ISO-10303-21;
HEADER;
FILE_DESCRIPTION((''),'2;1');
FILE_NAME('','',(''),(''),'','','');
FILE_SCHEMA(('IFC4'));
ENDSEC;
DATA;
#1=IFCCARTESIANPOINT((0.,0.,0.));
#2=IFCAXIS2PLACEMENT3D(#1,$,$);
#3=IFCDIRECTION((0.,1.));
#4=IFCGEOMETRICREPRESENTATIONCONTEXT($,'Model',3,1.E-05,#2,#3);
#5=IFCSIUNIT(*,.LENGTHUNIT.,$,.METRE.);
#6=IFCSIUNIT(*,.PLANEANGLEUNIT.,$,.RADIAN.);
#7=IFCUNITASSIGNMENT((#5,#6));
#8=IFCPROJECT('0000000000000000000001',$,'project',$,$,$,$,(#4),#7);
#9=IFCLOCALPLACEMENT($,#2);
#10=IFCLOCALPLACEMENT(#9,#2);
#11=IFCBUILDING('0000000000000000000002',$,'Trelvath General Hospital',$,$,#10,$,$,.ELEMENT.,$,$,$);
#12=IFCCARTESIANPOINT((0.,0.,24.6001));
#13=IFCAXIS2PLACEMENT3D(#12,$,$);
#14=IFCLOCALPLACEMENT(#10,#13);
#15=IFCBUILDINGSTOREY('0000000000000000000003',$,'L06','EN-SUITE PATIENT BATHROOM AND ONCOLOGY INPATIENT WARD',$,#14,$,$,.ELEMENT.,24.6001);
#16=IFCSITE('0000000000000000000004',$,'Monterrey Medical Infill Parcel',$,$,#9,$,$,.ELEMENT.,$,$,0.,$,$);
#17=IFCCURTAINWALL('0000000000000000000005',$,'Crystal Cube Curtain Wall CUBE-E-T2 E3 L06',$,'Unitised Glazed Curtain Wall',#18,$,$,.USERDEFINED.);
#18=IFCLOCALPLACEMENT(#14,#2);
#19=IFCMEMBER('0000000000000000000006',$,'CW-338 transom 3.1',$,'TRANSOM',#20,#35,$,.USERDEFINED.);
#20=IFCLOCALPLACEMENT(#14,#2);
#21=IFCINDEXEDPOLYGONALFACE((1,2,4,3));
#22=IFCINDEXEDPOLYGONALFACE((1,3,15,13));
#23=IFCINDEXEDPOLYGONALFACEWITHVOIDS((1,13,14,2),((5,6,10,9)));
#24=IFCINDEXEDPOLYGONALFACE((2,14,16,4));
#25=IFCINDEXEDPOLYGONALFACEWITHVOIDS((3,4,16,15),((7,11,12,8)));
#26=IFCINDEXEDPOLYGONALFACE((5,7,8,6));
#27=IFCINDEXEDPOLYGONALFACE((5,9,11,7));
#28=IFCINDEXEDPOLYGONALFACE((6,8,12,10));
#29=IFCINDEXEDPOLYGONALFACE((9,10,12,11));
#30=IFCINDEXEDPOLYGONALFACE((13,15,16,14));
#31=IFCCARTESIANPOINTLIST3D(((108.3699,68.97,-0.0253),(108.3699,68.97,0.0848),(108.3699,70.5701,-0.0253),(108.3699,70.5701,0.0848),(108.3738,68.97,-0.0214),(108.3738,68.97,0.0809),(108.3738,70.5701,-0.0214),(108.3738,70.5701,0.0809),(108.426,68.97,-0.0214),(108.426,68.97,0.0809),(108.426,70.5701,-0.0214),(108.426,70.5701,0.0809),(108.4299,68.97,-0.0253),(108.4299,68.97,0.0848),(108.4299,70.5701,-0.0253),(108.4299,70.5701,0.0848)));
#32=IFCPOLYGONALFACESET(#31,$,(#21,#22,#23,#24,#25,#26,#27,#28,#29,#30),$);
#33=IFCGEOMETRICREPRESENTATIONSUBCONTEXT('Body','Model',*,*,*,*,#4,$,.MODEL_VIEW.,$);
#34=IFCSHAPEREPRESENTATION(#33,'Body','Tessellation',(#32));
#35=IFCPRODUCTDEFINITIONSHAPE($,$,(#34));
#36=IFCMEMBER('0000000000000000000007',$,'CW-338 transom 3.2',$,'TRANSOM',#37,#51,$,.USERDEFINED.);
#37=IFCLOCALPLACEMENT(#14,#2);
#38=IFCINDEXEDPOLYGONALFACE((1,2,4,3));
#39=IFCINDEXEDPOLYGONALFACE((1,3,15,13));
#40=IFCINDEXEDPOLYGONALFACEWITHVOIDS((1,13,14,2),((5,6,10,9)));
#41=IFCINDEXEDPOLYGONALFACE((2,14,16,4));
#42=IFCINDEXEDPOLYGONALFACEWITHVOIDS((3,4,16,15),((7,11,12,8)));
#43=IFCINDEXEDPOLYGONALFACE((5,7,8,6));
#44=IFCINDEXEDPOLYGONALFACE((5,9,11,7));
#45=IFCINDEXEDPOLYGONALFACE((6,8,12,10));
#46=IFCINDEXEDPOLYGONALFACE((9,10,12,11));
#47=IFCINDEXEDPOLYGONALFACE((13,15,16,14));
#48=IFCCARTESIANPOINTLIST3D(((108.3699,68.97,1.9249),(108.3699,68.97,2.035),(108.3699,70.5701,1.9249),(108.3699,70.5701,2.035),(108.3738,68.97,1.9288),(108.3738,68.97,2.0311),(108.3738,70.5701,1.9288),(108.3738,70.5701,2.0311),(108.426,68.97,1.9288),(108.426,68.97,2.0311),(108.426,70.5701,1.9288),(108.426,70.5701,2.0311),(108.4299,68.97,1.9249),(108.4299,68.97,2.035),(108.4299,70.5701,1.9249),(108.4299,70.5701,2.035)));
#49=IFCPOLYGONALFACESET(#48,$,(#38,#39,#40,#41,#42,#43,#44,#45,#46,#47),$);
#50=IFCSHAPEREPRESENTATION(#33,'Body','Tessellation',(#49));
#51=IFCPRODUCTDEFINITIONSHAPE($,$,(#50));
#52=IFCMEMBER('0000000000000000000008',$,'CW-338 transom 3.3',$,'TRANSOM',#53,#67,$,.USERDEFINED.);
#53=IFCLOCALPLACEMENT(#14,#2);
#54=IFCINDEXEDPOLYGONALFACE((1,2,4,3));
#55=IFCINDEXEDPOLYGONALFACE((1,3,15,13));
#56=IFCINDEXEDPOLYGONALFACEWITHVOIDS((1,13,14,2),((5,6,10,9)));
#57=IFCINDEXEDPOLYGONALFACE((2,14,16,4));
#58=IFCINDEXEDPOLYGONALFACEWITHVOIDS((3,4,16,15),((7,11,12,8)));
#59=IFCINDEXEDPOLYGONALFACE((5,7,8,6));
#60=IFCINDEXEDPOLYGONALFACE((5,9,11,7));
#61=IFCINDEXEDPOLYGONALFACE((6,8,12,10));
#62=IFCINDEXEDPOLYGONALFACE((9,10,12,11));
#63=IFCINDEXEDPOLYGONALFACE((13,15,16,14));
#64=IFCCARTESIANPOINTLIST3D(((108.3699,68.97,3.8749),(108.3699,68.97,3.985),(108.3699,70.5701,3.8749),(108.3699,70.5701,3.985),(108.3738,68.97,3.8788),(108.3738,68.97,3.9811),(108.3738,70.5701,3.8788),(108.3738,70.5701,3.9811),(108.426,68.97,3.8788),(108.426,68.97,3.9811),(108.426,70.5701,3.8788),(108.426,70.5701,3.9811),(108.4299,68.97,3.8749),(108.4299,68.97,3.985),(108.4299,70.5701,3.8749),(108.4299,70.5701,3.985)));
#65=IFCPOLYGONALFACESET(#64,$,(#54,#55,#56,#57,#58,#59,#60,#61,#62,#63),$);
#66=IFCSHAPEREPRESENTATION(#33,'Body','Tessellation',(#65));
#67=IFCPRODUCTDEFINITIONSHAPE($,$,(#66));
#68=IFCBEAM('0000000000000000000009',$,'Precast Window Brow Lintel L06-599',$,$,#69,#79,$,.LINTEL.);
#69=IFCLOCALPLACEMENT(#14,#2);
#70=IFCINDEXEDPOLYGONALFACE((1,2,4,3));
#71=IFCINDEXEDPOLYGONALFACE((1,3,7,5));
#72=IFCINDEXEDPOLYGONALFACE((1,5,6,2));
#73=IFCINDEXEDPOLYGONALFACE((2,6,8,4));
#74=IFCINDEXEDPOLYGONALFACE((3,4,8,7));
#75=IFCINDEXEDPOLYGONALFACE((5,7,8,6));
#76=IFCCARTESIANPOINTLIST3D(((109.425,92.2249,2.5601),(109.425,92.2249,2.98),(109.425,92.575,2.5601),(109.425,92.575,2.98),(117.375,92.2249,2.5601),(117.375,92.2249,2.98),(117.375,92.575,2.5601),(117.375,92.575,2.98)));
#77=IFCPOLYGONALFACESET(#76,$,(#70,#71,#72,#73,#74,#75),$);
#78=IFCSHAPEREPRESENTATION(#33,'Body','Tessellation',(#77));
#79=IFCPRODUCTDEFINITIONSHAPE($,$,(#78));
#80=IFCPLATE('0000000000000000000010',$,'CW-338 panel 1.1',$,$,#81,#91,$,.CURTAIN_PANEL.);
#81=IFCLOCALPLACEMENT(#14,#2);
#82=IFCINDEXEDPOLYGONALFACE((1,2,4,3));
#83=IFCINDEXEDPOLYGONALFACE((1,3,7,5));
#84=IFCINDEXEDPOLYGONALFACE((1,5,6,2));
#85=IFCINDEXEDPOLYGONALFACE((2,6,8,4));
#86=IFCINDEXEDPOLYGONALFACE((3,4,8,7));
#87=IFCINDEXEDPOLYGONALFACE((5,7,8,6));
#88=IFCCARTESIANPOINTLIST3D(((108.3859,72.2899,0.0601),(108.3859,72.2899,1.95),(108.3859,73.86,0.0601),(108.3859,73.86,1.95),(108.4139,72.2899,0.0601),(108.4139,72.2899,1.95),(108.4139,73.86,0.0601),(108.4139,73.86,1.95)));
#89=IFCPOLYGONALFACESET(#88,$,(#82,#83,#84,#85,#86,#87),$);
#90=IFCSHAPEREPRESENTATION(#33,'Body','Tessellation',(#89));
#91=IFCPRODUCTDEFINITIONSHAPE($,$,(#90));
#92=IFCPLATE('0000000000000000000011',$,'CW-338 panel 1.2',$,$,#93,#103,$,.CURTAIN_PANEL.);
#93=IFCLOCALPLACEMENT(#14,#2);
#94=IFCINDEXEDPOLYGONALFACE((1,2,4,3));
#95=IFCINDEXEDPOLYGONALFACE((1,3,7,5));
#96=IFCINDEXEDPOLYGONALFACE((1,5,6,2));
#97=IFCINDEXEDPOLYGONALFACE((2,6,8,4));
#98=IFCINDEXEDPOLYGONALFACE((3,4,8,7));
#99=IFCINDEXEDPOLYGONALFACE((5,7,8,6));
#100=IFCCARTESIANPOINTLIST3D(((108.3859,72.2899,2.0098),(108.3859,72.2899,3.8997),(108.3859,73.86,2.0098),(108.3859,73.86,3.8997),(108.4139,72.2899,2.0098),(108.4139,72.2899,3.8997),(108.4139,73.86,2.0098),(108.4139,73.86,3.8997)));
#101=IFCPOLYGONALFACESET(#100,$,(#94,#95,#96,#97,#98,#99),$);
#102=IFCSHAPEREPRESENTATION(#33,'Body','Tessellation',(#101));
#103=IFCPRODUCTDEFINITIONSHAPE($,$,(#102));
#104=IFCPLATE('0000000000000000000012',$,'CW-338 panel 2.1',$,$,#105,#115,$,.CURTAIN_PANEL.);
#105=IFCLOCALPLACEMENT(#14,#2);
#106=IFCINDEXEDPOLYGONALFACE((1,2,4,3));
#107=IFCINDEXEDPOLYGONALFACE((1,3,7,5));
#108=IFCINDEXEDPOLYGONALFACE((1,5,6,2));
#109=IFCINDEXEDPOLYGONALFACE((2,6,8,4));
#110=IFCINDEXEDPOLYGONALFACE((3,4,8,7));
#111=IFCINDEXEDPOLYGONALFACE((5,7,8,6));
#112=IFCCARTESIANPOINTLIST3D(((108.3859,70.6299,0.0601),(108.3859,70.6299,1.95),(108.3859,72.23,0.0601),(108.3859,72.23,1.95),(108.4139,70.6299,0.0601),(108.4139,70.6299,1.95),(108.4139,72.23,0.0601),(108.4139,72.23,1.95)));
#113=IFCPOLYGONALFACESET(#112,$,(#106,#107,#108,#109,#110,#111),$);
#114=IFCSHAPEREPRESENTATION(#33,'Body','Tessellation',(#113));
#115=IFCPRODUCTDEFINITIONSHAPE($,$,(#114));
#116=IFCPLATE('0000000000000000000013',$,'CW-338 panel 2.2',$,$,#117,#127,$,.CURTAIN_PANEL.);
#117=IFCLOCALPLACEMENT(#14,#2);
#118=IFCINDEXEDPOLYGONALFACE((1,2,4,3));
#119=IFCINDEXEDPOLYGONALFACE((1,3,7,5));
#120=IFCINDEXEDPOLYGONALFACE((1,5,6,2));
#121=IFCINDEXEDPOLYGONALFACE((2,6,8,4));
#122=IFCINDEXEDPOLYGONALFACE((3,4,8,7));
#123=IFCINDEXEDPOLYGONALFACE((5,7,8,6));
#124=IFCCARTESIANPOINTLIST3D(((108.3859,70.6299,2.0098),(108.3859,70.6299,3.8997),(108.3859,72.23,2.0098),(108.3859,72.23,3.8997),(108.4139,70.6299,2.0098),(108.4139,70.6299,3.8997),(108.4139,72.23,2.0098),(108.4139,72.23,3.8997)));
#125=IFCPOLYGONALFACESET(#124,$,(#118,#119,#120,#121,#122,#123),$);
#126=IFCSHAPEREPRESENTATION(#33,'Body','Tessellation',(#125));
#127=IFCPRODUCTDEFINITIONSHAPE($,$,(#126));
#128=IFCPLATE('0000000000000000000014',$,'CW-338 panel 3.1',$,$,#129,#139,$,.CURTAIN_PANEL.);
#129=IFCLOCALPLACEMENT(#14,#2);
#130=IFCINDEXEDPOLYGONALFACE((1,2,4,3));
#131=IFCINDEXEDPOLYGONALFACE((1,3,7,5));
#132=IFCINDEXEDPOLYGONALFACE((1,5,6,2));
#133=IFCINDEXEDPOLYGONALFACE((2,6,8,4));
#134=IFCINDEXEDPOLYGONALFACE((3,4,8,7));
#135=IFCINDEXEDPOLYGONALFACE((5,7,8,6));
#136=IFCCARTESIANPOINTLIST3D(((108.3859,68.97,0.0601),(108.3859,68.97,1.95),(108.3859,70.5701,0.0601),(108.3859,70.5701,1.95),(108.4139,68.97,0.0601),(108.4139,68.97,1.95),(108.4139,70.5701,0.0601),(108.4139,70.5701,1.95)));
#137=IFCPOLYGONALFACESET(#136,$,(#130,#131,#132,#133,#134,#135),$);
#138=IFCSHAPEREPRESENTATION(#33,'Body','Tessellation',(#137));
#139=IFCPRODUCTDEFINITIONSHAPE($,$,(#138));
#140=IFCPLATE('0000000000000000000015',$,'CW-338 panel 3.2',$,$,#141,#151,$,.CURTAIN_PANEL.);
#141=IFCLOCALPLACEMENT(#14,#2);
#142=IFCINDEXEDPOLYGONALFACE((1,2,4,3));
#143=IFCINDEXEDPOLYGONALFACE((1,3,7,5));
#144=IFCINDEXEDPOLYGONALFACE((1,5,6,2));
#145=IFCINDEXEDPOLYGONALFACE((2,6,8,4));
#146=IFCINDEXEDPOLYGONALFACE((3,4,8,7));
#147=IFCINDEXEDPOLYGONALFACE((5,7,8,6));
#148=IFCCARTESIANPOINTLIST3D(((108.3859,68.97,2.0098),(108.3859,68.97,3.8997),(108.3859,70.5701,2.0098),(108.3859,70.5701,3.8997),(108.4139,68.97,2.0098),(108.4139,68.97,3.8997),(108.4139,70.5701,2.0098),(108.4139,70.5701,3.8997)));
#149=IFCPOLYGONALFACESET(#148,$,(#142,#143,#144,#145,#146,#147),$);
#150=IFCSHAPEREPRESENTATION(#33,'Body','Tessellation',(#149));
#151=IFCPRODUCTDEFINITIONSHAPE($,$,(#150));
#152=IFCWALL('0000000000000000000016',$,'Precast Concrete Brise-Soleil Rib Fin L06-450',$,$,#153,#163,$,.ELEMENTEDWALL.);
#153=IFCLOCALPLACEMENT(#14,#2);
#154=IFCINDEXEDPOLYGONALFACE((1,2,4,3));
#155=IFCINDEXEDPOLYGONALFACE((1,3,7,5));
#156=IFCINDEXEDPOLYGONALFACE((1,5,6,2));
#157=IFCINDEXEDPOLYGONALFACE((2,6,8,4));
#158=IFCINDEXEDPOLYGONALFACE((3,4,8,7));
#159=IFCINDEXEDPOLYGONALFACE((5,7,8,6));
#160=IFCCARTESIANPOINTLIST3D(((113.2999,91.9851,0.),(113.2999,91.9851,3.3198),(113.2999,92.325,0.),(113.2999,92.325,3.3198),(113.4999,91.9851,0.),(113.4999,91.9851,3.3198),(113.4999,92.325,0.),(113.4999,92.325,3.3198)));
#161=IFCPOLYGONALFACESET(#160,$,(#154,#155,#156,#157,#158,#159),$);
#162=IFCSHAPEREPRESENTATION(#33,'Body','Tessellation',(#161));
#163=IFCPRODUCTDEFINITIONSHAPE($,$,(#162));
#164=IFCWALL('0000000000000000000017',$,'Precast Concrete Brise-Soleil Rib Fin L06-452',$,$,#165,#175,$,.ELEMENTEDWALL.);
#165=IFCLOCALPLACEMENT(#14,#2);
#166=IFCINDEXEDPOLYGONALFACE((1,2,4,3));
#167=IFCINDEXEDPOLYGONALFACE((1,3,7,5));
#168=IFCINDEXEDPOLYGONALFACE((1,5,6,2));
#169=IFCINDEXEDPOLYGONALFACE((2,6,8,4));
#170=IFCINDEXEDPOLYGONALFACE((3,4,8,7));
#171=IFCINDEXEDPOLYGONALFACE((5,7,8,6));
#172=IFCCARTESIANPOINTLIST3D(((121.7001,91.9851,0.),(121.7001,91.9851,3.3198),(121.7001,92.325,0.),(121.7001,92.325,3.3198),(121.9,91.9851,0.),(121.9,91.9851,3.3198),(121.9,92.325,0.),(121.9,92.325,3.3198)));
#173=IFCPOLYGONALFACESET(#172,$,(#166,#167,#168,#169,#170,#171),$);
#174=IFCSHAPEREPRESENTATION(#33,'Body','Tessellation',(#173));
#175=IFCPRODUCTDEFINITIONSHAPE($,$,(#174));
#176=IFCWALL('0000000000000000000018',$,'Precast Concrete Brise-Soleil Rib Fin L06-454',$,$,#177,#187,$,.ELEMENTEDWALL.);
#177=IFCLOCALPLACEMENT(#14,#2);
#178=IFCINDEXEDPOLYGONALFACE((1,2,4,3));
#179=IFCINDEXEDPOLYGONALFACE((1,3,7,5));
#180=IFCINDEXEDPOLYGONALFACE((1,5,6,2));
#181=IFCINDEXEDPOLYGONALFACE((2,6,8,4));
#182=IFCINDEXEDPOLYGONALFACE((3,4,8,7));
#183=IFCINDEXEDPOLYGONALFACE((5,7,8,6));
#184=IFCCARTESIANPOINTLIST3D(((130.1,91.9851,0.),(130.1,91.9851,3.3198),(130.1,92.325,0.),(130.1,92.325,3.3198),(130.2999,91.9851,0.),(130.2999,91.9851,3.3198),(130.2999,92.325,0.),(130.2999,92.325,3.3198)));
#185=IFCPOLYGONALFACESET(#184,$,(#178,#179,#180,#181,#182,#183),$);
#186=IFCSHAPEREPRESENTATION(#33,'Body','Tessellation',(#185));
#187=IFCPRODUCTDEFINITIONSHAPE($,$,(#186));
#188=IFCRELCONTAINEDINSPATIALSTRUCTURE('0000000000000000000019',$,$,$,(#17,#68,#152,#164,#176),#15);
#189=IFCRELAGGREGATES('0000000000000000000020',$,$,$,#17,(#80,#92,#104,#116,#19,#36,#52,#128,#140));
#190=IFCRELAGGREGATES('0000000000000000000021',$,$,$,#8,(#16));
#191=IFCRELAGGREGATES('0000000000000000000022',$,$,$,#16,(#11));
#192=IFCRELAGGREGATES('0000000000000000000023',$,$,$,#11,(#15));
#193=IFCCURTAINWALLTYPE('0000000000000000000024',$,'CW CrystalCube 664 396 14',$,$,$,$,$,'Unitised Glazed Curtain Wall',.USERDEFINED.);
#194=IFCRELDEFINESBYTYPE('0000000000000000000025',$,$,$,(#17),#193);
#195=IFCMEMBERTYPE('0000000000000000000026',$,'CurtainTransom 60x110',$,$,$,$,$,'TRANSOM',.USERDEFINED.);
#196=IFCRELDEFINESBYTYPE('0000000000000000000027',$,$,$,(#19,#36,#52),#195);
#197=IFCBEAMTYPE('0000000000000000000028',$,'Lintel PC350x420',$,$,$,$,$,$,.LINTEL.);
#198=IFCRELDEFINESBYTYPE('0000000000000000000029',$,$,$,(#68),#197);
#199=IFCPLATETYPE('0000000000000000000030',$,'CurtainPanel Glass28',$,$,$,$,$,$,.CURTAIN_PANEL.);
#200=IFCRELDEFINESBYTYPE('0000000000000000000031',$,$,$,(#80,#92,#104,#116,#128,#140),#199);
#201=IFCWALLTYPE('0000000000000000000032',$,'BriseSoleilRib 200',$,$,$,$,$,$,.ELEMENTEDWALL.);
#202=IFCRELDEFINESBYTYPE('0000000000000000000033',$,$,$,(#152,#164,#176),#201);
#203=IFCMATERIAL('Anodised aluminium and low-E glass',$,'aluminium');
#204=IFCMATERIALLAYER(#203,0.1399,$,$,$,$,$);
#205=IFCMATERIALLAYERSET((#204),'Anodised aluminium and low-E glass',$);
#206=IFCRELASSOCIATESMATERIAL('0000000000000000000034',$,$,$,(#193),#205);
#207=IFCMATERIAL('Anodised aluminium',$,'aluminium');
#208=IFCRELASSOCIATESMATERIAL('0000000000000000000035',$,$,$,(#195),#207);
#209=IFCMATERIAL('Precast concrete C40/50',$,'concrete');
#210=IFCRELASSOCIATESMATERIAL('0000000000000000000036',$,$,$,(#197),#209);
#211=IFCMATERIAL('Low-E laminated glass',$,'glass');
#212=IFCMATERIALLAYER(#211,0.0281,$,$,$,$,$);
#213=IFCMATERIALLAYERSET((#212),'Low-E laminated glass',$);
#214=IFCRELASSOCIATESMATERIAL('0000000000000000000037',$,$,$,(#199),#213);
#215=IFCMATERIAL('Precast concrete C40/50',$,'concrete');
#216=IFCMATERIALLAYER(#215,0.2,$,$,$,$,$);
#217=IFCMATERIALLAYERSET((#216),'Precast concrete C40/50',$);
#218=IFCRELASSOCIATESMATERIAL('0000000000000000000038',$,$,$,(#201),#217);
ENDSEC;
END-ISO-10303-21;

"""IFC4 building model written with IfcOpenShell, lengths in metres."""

from ifc_helpers import new_model, si_unit, direction, frame, frame_2d, origin, origin_2d, place, context, subcontext, project, spatial, rectangle, hollow_rectangle, extrude, material, layer, layer_set, material_profile, profile_set, type_object, element, aggregate, save


model = new_model("IFC4")

# Units and contexts
model_context = context("Model", 3, precision=1e-05, world=origin(), true_north=direction((0.0, 1.0)))
body_context = subcontext(model_context, "Body", "Model", "MODEL_VIEW")
ifc_project = project(units=[si_unit("LENGTHUNIT", "METRE"), si_unit("PLANEANGLEUNIT", "RADIAN")], contexts=[model_context])

# Site, building, storey
site_placement = place(None, origin())
site = spatial("IfcSite", under=ifc_project, at=site_placement, Name="Monterrey Medical Infill Parcel", CompositionType="ELEMENT", RefElevation=0.0)
building_placement = place(site_placement, origin())
building = spatial("IfcBuilding", under=site, at=building_placement, Name="Trelvath General Hospital", CompositionType="ELEMENT")
storey_placement = place(building_placement, frame((0.0, 0.0, 24.6001)))
storey = spatial("IfcBuildingStorey", under=building, at=storey_placement, Name="L06", Description="EN-SUITE PATIENT BATHROOM AND ONCOLOGY INPATIENT WARD", CompositionType="ELEMENT", Elevation=24.6001)

# Curtain wall, members
ifc_material_1 = material(Name="Anodised aluminium and low-E glass", Category="aluminium")
ifc_layer_1 = layer(ifc_material_1, 0.1399)
ifc_layer_set_1 = layer_set([ifc_layer_1], Name="Anodised aluminium and low-E glass")
curtain_wall_type = type_object("IfcCurtainWallType", Name="CW CrystalCube 664 396 14", ElementType="Unitised Glazed Curtain Wall", PredefinedType="USERDEFINED", material=ifc_layer_set_1)
curtain_wall_placement = place(storey_placement, origin())
curtain_wall = element("IfcCurtainWall", 1, at=curtain_wall_placement, inside=storey, type_object=curtain_wall_type, Name="Crystal Cube Curtain Wall CUBE-E-T2 E3 L06", ObjectType="Unitised Glazed Curtain Wall", PredefinedType="USERDEFINED")
ifc_material_2 = material(Name="Anodised aluminium", Category="aluminium")
ifc_material_profile_1 = material_profile(ifc_material_2, hollow_rectangle(XDim=0.0601, YDim=0.1101, WallThickness=0.0039, at=origin_2d()), Name="RHS60x110x4")
ifc_profile_set_1 = profile_set([ifc_material_profile_1], Name="Anodised aluminium")
member_type_1 = type_object("IfcMemberType", Name="CurtainTransom 60x110", ElementType="TRANSOM", PredefinedType="USERDEFINED", material=ifc_profile_set_1)
member_1_placement = place(storey_placement, frame((108.3999, 70.5701, 0.0298), z_axis=(0.0, -1.0, 0.0), x_axis=(1.0, 0.0, 0.0)))
member_1 = element("IfcMember", 2, at=member_1_placement, type_object=member_type_1, Name="CW-338 transom 3.1", ObjectType="TRANSOM", PredefinedType="USERDEFINED", context=body_context, shape_type="SweptSolid", body=[
    extrude(hollow_rectangle(XDim=0.0601, YDim=0.1101, WallThickness=0.0039, at=origin_2d()), origin(), (0.0, 0.0, 1.0), 1.6001),
])
member_2_placement = place(storey_placement, frame((108.3999, 70.5701, 1.98), z_axis=(0.0, -1.0, 0.0), x_axis=(1.0, 0.0, 0.0)))
member_2 = element("IfcMember", 3, at=member_2_placement, type_object=member_type_1, Name="CW-338 transom 3.2", ObjectType="TRANSOM", PredefinedType="USERDEFINED", context=body_context, shape_type="SweptSolid", body=[
    extrude(hollow_rectangle(XDim=0.0601, YDim=0.1101, WallThickness=0.0039, at=origin_2d()), origin(), (0.0, 0.0, 1.0), 1.6001),
])
member_3_placement = place(storey_placement, frame((108.3999, 70.5701, 3.9299), z_axis=(0.0, -1.0, 0.0), x_axis=(1.0, 0.0, 0.0)))
member_3 = element("IfcMember", 4, at=member_3_placement, type_object=member_type_1, Name="CW-338 transom 3.3", ObjectType="TRANSOM", PredefinedType="USERDEFINED", context=body_context, shape_type="SweptSolid", body=[
    extrude(hollow_rectangle(XDim=0.0601, YDim=0.1101, WallThickness=0.0039, at=origin_2d()), origin(), (0.0, 0.0, 1.0), 1.6001),
])

# Beam
ifc_material_3 = material(Name="Precast concrete C40/50", Category="concrete")
ifc_material_profile_2 = material_profile(ifc_material_3, rectangle(XDim=0.3501, YDim=0.4199, at=origin_2d()), Name="PCL350x420")
ifc_profile_set_2 = profile_set([ifc_material_profile_2], Name="Precast concrete C40/50")
beam_type_1 = type_object("IfcBeamType", Name="Lintel PC350x420", PredefinedType="LINTEL", material=ifc_profile_set_2)
beam_1_placement = place(storey_placement, frame((117.375, 92.3999, 2.77), z_axis=(-1.0, 0.0, 0.0), x_axis=(0.0, -1.0, 0.0)))
element("IfcBeam", 5, at=beam_1_placement, inside=storey, type_object=beam_type_1, Name="Precast Window Brow Lintel L06-599", PredefinedType="LINTEL", context=body_context, shape_type="SweptSolid", body=[
    extrude(rectangle(XDim=0.3501, YDim=0.4199, at=origin_2d()), origin(), (0.0, 0.0, 1.0), 7.95),
])

# Plates
ifc_material_4 = material(Name="Low-E laminated glass", Category="glass")
ifc_layer_2 = layer(ifc_material_4, 0.0281)
ifc_layer_set_2 = layer_set([ifc_layer_2], Name="Low-E laminated glass")
plate_type = type_object("IfcPlateType", Name="CurtainPanel Glass28", PredefinedType="CURTAIN_PANEL", material=ifc_layer_set_2)
plate_1_placement = place(storey_placement, frame((108.3999, 73.075, 0.0601), z_axis=(0.0, 0.0, 1.0), x_axis=(0.0, -1.0, 0.0)))
plate_1 = element("IfcPlate", 6, at=plate_1_placement, type_object=plate_type, Name="CW-338 panel 1.1", PredefinedType="CURTAIN_PANEL", context=body_context, shape_type="SweptSolid", body=[
    extrude(rectangle(XDim=1.5701, YDim=0.0281, at=origin_2d()), origin(), (0.0, 0.0, 1.0), 1.8899),
])
plate_2_placement = place(storey_placement, frame((108.3999, 73.075, 2.0098), z_axis=(0.0, 0.0, 1.0), x_axis=(0.0, -1.0, 0.0)))
plate_2 = element("IfcPlate", 7, at=plate_2_placement, type_object=plate_type, Name="CW-338 panel 1.2", PredefinedType="CURTAIN_PANEL", context=body_context, shape_type="SweptSolid", body=[
    extrude(rectangle(XDim=1.5701, YDim=0.0281, at=origin_2d()), origin(), (0.0, 0.0, 1.0), 1.8899),
])
plate_3_placement = place(storey_placement, frame((108.3999, 71.4299, 0.0601), z_axis=(0.0, 0.0, 1.0), x_axis=(0.0, -1.0, 0.0)))
plate_3 = element("IfcPlate", 8, at=plate_3_placement, type_object=plate_type, Name="CW-338 panel 2.1", PredefinedType="CURTAIN_PANEL", context=body_context, shape_type="SweptSolid", body=[
    extrude(rectangle(XDim=1.6001, YDim=0.0281, at=origin_2d()), origin(), (0.0, 0.0, 1.0), 1.8899),
])
plate_4_placement = place(storey_placement, frame((108.3999, 71.4299, 2.0098), z_axis=(0.0, 0.0, 1.0), x_axis=(0.0, -1.0, 0.0)))
plate_4 = element("IfcPlate", 9, at=plate_4_placement, type_object=plate_type, Name="CW-338 panel 2.2", PredefinedType="CURTAIN_PANEL", context=body_context, shape_type="SweptSolid", body=[
    extrude(rectangle(XDim=1.6001, YDim=0.0281, at=origin_2d()), origin(), (0.0, 0.0, 1.0), 1.8899),
])
plate_5_placement = place(storey_placement, frame((108.3999, 69.77, 0.0601), z_axis=(0.0, 0.0, 1.0), x_axis=(0.0, -1.0, 0.0)))
plate_5 = element("IfcPlate", 10, at=plate_5_placement, type_object=plate_type, Name="CW-338 panel 3.1", PredefinedType="CURTAIN_PANEL", context=body_context, shape_type="SweptSolid", body=[
    extrude(rectangle(XDim=1.6001, YDim=0.0281, at=origin_2d()), origin(), (0.0, 0.0, 1.0), 1.8899),
])
plate_6_placement = place(storey_placement, frame((108.3999, 69.77, 2.0098), z_axis=(0.0, 0.0, 1.0), x_axis=(0.0, -1.0, 0.0)))
plate_6 = element("IfcPlate", 11, at=plate_6_placement, type_object=plate_type, Name="CW-338 panel 3.2", PredefinedType="CURTAIN_PANEL", context=body_context, shape_type="SweptSolid", body=[
    extrude(rectangle(XDim=1.6001, YDim=0.0281, at=origin_2d()), origin(), (0.0, 0.0, 1.0), 1.8899),
])
aggregate(curtain_wall, [plate_1, plate_2, plate_3, plate_4, member_1, member_2, member_3, plate_5, plate_6])

# Walls
ifc_material_5 = material(Name="Precast concrete C40/50", Category="concrete")
ifc_layer_3 = layer(ifc_material_5, 0.2)
ifc_layer_set_3 = layer_set([ifc_layer_3], Name="Precast concrete C40/50")
wall_type_1 = type_object("IfcWallType", Name="BriseSoleilRib 200", PredefinedType="ELEMENTEDWALL", material=ifc_layer_set_3)
for number, where, z_axis, x_axis, name in (
    (12, (113.3999, 92.325, 0.0), (0.0, 0.0, 1.0), (0.0, -1.0, 0.0), "Precast Concrete Brise-Soleil Rib Fin L06-450"),
    (13, (121.8, 92.325, 0.0), (0.0, 0.0, 1.0), (0.0, -1.0, 0.0), "Precast Concrete Brise-Soleil Rib Fin L06-452"),
    (14, (130.2, 92.325, 0.0), (0.0, 0.0, 1.0), (0.0, -1.0, 0.0), "Precast Concrete Brise-Soleil Rib Fin L06-454"),
):
    element("IfcWall", number, at=place(storey_placement, frame(where, z_axis=z_axis, x_axis=x_axis)), inside=storey, type_object=wall_type_1, Name=name, PredefinedType="ELEMENTEDWALL", context=body_context, shape_type="SweptSolid", body=[
        extrude(rectangle(XDim=0.3398, YDim=0.2, at=frame_2d((0.1699, 0.0))), origin(), (0.0, 0.0, 1.0), 3.3198),
    ])

save(model, "model.ifc")
